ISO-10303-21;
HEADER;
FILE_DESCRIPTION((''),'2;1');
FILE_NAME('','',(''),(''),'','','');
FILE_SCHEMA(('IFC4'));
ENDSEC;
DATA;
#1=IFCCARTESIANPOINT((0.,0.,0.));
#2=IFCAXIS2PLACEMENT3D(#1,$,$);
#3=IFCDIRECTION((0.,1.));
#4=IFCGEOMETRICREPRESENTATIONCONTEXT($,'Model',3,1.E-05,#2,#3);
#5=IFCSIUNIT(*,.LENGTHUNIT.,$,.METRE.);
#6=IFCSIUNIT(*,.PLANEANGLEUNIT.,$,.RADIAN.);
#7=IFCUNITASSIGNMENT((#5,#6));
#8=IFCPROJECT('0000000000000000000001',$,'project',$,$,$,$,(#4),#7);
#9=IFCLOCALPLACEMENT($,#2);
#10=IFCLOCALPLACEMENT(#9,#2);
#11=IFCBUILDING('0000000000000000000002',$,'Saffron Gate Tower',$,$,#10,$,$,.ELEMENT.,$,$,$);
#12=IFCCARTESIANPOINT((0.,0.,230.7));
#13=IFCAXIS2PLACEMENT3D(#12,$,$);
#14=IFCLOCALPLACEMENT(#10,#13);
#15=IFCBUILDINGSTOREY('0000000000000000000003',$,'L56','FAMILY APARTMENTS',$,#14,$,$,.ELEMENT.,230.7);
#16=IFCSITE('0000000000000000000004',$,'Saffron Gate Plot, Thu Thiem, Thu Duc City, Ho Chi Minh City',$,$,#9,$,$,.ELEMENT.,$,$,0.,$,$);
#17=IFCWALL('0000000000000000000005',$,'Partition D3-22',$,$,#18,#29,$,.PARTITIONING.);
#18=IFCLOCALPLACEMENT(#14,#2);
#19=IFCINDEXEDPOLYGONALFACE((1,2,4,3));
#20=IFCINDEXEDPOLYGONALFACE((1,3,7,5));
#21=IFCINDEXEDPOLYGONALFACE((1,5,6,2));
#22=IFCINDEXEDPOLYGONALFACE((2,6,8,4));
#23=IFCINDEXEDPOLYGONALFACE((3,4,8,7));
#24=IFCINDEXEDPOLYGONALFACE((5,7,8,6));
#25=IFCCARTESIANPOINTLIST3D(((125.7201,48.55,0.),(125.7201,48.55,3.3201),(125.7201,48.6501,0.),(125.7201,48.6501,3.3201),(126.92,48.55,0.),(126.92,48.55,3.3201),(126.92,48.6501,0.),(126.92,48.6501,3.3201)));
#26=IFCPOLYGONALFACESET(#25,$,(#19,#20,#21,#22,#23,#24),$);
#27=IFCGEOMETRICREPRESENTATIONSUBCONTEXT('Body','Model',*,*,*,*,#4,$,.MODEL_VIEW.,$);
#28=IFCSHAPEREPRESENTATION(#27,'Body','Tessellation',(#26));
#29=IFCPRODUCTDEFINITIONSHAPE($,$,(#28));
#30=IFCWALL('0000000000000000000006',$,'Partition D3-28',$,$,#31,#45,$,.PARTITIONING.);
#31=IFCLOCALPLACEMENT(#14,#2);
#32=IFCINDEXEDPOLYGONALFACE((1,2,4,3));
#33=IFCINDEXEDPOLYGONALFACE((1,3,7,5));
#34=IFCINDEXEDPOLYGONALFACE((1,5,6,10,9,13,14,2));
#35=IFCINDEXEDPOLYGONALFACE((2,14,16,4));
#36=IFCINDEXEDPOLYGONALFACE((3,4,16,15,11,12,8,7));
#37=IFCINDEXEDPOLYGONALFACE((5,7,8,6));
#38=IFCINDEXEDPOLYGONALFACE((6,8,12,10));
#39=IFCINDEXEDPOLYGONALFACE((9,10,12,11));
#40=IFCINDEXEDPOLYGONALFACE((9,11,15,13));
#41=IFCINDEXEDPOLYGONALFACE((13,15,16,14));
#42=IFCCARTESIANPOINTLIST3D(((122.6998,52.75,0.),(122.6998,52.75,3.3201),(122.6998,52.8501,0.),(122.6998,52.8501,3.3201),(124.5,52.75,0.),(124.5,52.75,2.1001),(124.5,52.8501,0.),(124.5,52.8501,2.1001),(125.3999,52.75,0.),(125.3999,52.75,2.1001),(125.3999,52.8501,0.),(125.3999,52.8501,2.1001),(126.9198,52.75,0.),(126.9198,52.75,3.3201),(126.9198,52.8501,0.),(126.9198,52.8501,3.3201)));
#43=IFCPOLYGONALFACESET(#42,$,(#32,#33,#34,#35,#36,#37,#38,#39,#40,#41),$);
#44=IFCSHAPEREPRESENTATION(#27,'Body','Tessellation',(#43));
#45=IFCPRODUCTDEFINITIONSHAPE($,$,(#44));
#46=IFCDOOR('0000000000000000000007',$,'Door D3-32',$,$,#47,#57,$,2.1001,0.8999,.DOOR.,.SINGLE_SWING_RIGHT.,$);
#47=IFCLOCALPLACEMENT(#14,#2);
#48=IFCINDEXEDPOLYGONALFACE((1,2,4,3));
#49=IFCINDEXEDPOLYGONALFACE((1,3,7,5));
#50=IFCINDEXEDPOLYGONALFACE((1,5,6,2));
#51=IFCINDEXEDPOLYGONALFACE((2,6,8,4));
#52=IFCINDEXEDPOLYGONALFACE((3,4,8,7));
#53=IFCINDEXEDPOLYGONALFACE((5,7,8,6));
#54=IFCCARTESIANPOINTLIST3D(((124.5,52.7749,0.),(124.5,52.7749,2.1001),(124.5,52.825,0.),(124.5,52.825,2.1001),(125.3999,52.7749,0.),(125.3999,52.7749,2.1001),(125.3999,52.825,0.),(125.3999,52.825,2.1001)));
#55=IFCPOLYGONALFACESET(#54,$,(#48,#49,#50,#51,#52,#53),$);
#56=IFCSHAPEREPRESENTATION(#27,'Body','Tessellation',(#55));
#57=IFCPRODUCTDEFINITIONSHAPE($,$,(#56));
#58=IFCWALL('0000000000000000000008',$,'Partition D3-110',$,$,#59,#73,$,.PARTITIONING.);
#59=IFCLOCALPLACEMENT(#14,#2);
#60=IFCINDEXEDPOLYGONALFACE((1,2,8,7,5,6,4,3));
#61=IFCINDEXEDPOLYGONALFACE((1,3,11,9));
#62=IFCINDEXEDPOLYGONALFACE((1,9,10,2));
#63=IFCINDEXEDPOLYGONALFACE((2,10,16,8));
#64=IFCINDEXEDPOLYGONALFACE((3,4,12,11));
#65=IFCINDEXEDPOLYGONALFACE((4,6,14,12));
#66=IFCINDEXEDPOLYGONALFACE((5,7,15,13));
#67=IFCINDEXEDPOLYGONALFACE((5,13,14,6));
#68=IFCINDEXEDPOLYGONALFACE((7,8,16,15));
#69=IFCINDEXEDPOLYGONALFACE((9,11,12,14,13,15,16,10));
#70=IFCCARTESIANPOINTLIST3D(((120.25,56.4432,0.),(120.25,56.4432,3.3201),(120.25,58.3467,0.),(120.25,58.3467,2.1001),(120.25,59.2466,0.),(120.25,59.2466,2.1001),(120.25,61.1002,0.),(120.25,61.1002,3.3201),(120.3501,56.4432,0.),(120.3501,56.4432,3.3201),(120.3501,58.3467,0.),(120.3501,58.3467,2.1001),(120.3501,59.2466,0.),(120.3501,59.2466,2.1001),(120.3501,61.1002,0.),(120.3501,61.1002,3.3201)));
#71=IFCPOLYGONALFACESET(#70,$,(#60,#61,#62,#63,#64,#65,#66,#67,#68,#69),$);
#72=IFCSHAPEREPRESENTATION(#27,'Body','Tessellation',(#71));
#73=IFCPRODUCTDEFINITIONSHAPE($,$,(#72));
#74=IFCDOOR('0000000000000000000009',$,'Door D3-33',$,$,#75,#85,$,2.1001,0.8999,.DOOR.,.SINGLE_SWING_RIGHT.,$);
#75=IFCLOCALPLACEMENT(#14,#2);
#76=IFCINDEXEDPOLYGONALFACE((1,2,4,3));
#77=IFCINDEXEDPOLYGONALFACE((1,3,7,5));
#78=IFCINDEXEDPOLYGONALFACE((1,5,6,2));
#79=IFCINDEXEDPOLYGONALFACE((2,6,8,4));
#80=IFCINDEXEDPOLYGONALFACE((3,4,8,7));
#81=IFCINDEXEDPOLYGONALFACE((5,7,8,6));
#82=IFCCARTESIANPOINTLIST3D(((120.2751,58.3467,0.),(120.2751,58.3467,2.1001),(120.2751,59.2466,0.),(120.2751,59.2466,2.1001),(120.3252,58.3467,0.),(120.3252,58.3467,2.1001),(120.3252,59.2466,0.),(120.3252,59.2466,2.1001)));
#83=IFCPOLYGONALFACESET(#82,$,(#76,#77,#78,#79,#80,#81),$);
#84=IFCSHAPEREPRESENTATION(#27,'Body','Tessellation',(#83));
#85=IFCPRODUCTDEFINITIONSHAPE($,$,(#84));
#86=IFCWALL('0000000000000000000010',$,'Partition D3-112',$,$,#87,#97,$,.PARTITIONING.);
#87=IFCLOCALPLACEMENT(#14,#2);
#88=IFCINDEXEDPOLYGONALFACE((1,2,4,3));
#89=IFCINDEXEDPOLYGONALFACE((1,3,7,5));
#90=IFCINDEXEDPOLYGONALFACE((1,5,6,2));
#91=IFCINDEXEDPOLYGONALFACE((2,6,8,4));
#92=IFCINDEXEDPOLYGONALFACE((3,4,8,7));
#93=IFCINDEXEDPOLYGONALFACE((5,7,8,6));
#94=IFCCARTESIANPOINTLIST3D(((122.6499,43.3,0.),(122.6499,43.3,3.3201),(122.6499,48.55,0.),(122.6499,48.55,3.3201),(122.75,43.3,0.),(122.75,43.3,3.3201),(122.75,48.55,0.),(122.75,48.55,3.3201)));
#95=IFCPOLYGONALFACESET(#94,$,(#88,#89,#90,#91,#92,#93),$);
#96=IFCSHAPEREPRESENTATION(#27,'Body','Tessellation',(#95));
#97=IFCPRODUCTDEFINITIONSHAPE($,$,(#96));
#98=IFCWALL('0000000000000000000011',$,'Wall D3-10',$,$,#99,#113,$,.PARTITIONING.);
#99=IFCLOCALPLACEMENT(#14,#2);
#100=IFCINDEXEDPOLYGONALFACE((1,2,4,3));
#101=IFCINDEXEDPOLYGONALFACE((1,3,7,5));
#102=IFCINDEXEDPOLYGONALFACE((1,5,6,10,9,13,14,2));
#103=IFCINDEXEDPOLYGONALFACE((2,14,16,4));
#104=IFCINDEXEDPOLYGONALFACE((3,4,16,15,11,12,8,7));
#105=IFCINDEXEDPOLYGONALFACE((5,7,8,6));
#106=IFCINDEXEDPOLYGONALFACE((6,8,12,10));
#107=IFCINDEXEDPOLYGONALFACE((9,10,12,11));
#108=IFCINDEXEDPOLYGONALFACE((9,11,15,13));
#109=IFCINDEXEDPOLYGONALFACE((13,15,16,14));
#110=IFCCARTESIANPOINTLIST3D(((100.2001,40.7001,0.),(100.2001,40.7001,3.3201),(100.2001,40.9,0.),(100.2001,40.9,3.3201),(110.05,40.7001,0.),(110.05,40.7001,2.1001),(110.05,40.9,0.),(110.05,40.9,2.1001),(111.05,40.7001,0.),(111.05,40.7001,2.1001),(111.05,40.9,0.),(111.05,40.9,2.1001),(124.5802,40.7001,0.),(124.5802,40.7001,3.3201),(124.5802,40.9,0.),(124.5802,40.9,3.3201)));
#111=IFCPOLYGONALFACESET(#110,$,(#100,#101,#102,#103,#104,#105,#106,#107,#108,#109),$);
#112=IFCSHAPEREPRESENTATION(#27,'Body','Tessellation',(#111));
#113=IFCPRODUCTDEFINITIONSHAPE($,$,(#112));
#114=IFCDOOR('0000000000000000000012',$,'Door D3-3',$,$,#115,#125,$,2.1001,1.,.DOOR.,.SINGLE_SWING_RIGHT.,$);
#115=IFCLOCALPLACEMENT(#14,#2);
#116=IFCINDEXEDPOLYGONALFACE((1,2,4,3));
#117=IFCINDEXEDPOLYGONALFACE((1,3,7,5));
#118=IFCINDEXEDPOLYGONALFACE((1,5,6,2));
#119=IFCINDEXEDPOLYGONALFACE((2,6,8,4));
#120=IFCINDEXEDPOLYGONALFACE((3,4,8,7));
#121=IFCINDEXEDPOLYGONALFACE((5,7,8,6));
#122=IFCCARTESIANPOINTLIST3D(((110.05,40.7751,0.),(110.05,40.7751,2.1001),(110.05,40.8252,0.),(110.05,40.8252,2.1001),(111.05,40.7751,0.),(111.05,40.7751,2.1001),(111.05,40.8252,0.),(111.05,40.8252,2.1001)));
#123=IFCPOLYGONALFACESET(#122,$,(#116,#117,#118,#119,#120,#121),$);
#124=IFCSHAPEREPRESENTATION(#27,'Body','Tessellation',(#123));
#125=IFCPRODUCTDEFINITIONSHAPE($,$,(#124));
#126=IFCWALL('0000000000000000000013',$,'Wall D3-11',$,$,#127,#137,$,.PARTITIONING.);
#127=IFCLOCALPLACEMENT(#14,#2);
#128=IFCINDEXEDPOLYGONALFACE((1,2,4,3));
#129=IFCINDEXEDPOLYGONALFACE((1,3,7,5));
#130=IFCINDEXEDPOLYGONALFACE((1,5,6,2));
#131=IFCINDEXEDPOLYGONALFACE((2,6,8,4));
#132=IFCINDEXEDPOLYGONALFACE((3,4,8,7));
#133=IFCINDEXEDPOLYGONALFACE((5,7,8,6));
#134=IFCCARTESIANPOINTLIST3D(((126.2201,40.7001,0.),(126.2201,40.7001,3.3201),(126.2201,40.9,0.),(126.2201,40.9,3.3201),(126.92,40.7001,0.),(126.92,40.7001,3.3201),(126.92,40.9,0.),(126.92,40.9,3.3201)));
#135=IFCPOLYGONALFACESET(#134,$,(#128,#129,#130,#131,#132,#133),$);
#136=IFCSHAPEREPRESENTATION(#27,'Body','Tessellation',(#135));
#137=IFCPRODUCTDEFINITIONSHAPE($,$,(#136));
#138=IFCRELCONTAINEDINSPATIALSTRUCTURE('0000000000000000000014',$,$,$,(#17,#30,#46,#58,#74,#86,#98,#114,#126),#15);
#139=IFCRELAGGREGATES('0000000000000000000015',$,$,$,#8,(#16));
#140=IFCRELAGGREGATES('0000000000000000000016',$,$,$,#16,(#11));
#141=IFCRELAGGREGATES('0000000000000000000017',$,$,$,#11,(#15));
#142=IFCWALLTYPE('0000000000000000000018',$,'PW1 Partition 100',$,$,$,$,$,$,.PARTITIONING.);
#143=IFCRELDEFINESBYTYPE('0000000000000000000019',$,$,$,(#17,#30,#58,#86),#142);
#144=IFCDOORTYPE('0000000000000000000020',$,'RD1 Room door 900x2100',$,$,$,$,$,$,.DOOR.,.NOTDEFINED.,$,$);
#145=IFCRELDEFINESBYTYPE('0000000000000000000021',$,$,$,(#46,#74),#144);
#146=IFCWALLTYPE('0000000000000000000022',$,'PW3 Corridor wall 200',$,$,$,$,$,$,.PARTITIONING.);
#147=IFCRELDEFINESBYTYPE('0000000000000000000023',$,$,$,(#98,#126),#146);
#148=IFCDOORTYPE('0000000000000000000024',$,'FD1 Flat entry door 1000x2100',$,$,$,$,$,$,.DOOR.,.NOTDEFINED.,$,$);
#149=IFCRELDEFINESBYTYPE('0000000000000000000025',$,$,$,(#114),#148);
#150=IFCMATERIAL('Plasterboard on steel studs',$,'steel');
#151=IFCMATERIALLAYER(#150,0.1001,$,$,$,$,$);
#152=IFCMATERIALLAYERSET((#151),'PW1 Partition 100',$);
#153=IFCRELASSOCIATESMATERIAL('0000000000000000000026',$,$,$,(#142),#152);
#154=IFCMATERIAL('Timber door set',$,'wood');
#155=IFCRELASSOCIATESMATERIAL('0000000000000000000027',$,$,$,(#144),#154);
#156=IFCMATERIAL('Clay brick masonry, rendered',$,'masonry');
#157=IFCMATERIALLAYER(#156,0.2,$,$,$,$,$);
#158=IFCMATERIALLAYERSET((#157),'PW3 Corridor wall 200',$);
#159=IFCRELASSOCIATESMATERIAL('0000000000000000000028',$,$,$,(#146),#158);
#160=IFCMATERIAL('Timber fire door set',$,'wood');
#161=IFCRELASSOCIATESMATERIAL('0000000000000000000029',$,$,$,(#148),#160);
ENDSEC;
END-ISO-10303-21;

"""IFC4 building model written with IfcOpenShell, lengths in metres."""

from ifc_helpers import new_model, si_unit, direction, frame, frame_2d, origin, place, context, subcontext, project, spatial, rectangle, extrude, material, layer, layer_set, type_object, element, fill, save


model = new_model("IFC4")

# Units and contexts
model_context = context("Model", 3, precision=1e-05, world=origin(), true_north=direction((0.0, 1.0)))
body_context = subcontext(model_context, "Body", "Model", "MODEL_VIEW")
ifc_project = project(units=[si_unit("LENGTHUNIT", "METRE"), si_unit("PLANEANGLEUNIT", "RADIAN")], contexts=[model_context])

# Site, building, storey
site_placement = place(None, origin())
site = spatial("IfcSite", under=ifc_project, at=site_placement, Name="Saffron Gate Plot, Thu Thiem, Thu Duc City, Ho Chi Minh City", CompositionType="ELEMENT", RefElevation=0.0)
building_placement = place(site_placement, origin())
building = spatial("IfcBuilding", under=site, at=building_placement, Name="Saffron Gate Tower", CompositionType="ELEMENT")
storey_placement = place(building_placement, frame((0.0, 0.0, 230.7)))
storey = spatial("IfcBuildingStorey", under=building, at=storey_placement, Name="L56", Description="FAMILY APARTMENTS", CompositionType="ELEMENT", Elevation=230.7)

# Shared definitions
ifc_material_1 = material(Name="Plasterboard on steel studs", Category="steel")
ifc_layer_1 = layer(ifc_material_1, 0.1001)
ifc_layer_set_1 = layer_set([ifc_layer_1], Name="PW1 Partition 100")
wall_type_1 = type_object("IfcWallType", Name="PW1 Partition 100", PredefinedType="PARTITIONING", material=ifc_layer_set_1)
ifc_material_2 = material(Name="Timber door set", Category="wood")
door_type_1 = type_object("IfcDoorType", Name="RD1 Room door 900x2100", OperationType="NOTDEFINED", PredefinedType="DOOR", material=ifc_material_2)

# Wall
wall_1_placement = place(storey_placement, frame((125.72, 48.6001, 0.0), z_axis=(0.0, 0.0, 1.0), x_axis=(1.0, 0.0, 0.0)))
element("IfcWall", 1, at=wall_1_placement, inside=storey, type_object=wall_type_1, Name="Partition D3-22", PredefinedType="PARTITIONING", context=body_context, shape_type="SweptSolid", body=[
    extrude(rectangle(XDim=1.2, YDim=0.1001, at=frame_2d((0.6001, 0.0))), origin(), (0.0, 0.0, 1.0), 3.3201),
])

# Walls, openings, doors
wall_2_placement = place(storey_placement, frame((122.7, 52.8, 0.0), z_axis=(0.0, 0.0, 1.0), x_axis=(1.0, 0.0, 0.0)))
wall_2 = element("IfcWall", 2, at=wall_2_placement, inside=storey, type_object=wall_type_1, Name="Partition D3-28", PredefinedType="PARTITIONING", context=body_context, shape_type="SweptSolid", body=[
    extrude(rectangle(XDim=4.22, YDim=0.1001, at=frame_2d((2.1099, 0.0))), origin(), (0.0, 0.0, 1.0), 3.3201),
])
opening_1_placement = place(wall_2_placement, frame((1.8, 0.0, 0.0)))
opening_1 = element("IfcOpeningElement", 3, at=opening_1_placement, cuts=wall_2, PredefinedType="OPENING", context=body_context, shape_type="SweptSolid", body=[
    extrude(rectangle(XDim=0.8999, YDim=2.1001, at=frame_2d((0.45, 1.05))), frame((0.0, 0.0601, 0.0), z_axis=(0.0, -1.0, 0.0), x_axis=(1.0, 0.0, 0.0)), (0.0, 0.0, 1.0), 0.1201),
])
door_1_placement = place(opening_1_placement, origin())
door_1 = element("IfcDoor", 4, at=door_1_placement, inside=storey, type_object=door_type_1, Name="Door D3-32", OperationType="SINGLE_SWING_RIGHT", OverallHeight=2.1001, OverallWidth=0.8999, PredefinedType="DOOR", context=body_context, shape_type="SweptSolid", body=[
    extrude(rectangle(XDim=0.8999, YDim=2.1001, at=frame_2d((0.45, 1.05))), frame((0.0, 0.0249, 0.0), z_axis=(0.0, -1.0, 0.0), x_axis=(1.0, 0.0, 0.0)), (0.0, 0.0, 1.0), 0.05),
])
fill(opening_1, door_1)
wall_3_placement = place(storey_placement, frame((120.3, 56.4431, 0.0), z_axis=(0.0, 0.0, 1.0), x_axis=(0.0, 1.0, 0.0)))
wall_3 = element("IfcWall", 5, at=wall_3_placement, inside=storey, type_object=wall_type_1, Name="Partition D3-110", PredefinedType="PARTITIONING", context=body_context, shape_type="SweptSolid", body=[
    extrude(rectangle(XDim=4.657, YDim=0.1001, at=frame_2d((2.3286, 0.0))), origin(), (0.0, 0.0, 1.0), 3.3201),
])
opening_2_placement = place(wall_3_placement, frame((1.9036, 0.0, 0.0)))
opening_2 = element("IfcOpeningElement", 6, at=opening_2_placement, cuts=wall_3, PredefinedType="OPENING", context=body_context, shape_type="SweptSolid", body=[
    extrude(rectangle(XDim=0.8999, YDim=2.1001, at=frame_2d((0.45, 1.05))), frame((0.0, 0.0601, 0.0), z_axis=(0.0, -1.0, 0.0), x_axis=(1.0, 0.0, 0.0)), (0.0, 0.0, 1.0), 0.1201),
])
door_2_placement = place(opening_2_placement, origin())
door_2 = element("IfcDoor", 7, at=door_2_placement, inside=storey, type_object=door_type_1, Name="Door D3-33", OperationType="SINGLE_SWING_RIGHT", OverallHeight=2.1001, OverallWidth=0.8999, PredefinedType="DOOR", context=body_context, shape_type="SweptSolid", body=[
    extrude(rectangle(XDim=0.8999, YDim=2.1001, at=frame_2d((0.45, 1.05))), frame((0.0, 0.0249, 0.0), z_axis=(0.0, -1.0, 0.0), x_axis=(1.0, 0.0, 0.0)), (0.0, 0.0, 1.0), 0.05),
])
fill(opening_2, door_2)

# Wall
wall_4_placement = place(storey_placement, frame((122.7, 48.55, 0.0), z_axis=(0.0, 0.0, 1.0), x_axis=(0.0, -1.0, 0.0)))
element("IfcWall", 8, at=wall_4_placement, inside=storey, type_object=wall_type_1, Name="Partition D3-112", PredefinedType="PARTITIONING", context=body_context, shape_type="SweptSolid", body=[
    extrude(rectangle(XDim=5.25, YDim=0.1001, at=frame_2d((2.625, 0.0))), origin(), (0.0, 0.0, 1.0), 3.3201),
])

# Wall, opening, door
ifc_material_3 = material(Name="Clay brick masonry, rendered", Category="masonry")
ifc_layer_2 = layer(ifc_material_3, 0.2)
ifc_layer_set_2 = layer_set([ifc_layer_2], Name="PW3 Corridor wall 200")
wall_type_2 = type_object("IfcWallType", Name="PW3 Corridor wall 200", PredefinedType="PARTITIONING", material=ifc_layer_set_2)
wall_5_placement = place(storey_placement, frame((124.5801, 40.8, 0.0), z_axis=(0.0, 0.0, 1.0), x_axis=(-1.0, 0.0, 0.0)))
wall_5 = element("IfcWall", 9, at=wall_5_placement, inside=storey, type_object=wall_type_2, Name="Wall D3-10", PredefinedType="PARTITIONING", context=body_context, shape_type="SweptSolid", body=[
    extrude(rectangle(XDim=24.3801, YDim=0.2, at=frame_2d((12.1899, 0.0))), origin(), (0.0, 0.0, 1.0), 3.3201),
])
opening_3_placement = place(wall_5_placement, frame((13.53, 0.0, 0.0)))
opening_3 = element("IfcOpeningElement", 10, at=opening_3_placement, cuts=wall_5, PredefinedType="OPENING", context=body_context, shape_type="SweptSolid", body=[
    extrude(rectangle(XDim=1.0, YDim=2.1001, at=frame_2d((0.5, 1.05))), frame((0.0, 0.1099, 0.0), z_axis=(0.0, -1.0, 0.0), x_axis=(1.0, 0.0, 0.0)), (0.0, 0.0, 1.0), 0.22),
])
ifc_material_4 = material(Name="Timber fire door set", Category="wood")
door_type_2 = type_object("IfcDoorType", Name="FD1 Flat entry door 1000x2100", OperationType="NOTDEFINED", PredefinedType="DOOR", material=ifc_material_4)
door_3_placement = place(opening_3_placement, origin())
door_3 = element("IfcDoor", 11, at=door_3_placement, inside=storey, type_object=door_type_2, Name="Door D3-3", OperationType="SINGLE_SWING_RIGHT", OverallHeight=2.1001, OverallWidth=1.0, PredefinedType="DOOR", context=body_context, shape_type="SweptSolid", body=[
    extrude(rectangle(XDim=1.0, YDim=2.1001, at=frame_2d((0.5, 1.05))), frame((0.0, 0.0249, 0.0), z_axis=(0.0, -1.0, 0.0), x_axis=(1.0, 0.0, 0.0)), (0.0, 0.0, 1.0), 0.05),
])
fill(opening_3, door_3)

# Wall
wall_6_placement = place(storey_placement, frame((126.22, 40.8, 0.0), z_axis=(0.0, 0.0, 1.0), x_axis=(1.0, 0.0, 0.0)))
element("IfcWall", 12, at=wall_6_placement, inside=storey, type_object=wall_type_2, Name="Wall D3-11", PredefinedType="PARTITIONING", context=body_context, shape_type="SweptSolid", body=[
    extrude(rectangle(XDim=0.7, YDim=0.2, at=frame_2d((0.3501, 0.0))), origin(), (0.0, 0.0, 1.0), 3.3201),
])

save(model, "model.ifc")
